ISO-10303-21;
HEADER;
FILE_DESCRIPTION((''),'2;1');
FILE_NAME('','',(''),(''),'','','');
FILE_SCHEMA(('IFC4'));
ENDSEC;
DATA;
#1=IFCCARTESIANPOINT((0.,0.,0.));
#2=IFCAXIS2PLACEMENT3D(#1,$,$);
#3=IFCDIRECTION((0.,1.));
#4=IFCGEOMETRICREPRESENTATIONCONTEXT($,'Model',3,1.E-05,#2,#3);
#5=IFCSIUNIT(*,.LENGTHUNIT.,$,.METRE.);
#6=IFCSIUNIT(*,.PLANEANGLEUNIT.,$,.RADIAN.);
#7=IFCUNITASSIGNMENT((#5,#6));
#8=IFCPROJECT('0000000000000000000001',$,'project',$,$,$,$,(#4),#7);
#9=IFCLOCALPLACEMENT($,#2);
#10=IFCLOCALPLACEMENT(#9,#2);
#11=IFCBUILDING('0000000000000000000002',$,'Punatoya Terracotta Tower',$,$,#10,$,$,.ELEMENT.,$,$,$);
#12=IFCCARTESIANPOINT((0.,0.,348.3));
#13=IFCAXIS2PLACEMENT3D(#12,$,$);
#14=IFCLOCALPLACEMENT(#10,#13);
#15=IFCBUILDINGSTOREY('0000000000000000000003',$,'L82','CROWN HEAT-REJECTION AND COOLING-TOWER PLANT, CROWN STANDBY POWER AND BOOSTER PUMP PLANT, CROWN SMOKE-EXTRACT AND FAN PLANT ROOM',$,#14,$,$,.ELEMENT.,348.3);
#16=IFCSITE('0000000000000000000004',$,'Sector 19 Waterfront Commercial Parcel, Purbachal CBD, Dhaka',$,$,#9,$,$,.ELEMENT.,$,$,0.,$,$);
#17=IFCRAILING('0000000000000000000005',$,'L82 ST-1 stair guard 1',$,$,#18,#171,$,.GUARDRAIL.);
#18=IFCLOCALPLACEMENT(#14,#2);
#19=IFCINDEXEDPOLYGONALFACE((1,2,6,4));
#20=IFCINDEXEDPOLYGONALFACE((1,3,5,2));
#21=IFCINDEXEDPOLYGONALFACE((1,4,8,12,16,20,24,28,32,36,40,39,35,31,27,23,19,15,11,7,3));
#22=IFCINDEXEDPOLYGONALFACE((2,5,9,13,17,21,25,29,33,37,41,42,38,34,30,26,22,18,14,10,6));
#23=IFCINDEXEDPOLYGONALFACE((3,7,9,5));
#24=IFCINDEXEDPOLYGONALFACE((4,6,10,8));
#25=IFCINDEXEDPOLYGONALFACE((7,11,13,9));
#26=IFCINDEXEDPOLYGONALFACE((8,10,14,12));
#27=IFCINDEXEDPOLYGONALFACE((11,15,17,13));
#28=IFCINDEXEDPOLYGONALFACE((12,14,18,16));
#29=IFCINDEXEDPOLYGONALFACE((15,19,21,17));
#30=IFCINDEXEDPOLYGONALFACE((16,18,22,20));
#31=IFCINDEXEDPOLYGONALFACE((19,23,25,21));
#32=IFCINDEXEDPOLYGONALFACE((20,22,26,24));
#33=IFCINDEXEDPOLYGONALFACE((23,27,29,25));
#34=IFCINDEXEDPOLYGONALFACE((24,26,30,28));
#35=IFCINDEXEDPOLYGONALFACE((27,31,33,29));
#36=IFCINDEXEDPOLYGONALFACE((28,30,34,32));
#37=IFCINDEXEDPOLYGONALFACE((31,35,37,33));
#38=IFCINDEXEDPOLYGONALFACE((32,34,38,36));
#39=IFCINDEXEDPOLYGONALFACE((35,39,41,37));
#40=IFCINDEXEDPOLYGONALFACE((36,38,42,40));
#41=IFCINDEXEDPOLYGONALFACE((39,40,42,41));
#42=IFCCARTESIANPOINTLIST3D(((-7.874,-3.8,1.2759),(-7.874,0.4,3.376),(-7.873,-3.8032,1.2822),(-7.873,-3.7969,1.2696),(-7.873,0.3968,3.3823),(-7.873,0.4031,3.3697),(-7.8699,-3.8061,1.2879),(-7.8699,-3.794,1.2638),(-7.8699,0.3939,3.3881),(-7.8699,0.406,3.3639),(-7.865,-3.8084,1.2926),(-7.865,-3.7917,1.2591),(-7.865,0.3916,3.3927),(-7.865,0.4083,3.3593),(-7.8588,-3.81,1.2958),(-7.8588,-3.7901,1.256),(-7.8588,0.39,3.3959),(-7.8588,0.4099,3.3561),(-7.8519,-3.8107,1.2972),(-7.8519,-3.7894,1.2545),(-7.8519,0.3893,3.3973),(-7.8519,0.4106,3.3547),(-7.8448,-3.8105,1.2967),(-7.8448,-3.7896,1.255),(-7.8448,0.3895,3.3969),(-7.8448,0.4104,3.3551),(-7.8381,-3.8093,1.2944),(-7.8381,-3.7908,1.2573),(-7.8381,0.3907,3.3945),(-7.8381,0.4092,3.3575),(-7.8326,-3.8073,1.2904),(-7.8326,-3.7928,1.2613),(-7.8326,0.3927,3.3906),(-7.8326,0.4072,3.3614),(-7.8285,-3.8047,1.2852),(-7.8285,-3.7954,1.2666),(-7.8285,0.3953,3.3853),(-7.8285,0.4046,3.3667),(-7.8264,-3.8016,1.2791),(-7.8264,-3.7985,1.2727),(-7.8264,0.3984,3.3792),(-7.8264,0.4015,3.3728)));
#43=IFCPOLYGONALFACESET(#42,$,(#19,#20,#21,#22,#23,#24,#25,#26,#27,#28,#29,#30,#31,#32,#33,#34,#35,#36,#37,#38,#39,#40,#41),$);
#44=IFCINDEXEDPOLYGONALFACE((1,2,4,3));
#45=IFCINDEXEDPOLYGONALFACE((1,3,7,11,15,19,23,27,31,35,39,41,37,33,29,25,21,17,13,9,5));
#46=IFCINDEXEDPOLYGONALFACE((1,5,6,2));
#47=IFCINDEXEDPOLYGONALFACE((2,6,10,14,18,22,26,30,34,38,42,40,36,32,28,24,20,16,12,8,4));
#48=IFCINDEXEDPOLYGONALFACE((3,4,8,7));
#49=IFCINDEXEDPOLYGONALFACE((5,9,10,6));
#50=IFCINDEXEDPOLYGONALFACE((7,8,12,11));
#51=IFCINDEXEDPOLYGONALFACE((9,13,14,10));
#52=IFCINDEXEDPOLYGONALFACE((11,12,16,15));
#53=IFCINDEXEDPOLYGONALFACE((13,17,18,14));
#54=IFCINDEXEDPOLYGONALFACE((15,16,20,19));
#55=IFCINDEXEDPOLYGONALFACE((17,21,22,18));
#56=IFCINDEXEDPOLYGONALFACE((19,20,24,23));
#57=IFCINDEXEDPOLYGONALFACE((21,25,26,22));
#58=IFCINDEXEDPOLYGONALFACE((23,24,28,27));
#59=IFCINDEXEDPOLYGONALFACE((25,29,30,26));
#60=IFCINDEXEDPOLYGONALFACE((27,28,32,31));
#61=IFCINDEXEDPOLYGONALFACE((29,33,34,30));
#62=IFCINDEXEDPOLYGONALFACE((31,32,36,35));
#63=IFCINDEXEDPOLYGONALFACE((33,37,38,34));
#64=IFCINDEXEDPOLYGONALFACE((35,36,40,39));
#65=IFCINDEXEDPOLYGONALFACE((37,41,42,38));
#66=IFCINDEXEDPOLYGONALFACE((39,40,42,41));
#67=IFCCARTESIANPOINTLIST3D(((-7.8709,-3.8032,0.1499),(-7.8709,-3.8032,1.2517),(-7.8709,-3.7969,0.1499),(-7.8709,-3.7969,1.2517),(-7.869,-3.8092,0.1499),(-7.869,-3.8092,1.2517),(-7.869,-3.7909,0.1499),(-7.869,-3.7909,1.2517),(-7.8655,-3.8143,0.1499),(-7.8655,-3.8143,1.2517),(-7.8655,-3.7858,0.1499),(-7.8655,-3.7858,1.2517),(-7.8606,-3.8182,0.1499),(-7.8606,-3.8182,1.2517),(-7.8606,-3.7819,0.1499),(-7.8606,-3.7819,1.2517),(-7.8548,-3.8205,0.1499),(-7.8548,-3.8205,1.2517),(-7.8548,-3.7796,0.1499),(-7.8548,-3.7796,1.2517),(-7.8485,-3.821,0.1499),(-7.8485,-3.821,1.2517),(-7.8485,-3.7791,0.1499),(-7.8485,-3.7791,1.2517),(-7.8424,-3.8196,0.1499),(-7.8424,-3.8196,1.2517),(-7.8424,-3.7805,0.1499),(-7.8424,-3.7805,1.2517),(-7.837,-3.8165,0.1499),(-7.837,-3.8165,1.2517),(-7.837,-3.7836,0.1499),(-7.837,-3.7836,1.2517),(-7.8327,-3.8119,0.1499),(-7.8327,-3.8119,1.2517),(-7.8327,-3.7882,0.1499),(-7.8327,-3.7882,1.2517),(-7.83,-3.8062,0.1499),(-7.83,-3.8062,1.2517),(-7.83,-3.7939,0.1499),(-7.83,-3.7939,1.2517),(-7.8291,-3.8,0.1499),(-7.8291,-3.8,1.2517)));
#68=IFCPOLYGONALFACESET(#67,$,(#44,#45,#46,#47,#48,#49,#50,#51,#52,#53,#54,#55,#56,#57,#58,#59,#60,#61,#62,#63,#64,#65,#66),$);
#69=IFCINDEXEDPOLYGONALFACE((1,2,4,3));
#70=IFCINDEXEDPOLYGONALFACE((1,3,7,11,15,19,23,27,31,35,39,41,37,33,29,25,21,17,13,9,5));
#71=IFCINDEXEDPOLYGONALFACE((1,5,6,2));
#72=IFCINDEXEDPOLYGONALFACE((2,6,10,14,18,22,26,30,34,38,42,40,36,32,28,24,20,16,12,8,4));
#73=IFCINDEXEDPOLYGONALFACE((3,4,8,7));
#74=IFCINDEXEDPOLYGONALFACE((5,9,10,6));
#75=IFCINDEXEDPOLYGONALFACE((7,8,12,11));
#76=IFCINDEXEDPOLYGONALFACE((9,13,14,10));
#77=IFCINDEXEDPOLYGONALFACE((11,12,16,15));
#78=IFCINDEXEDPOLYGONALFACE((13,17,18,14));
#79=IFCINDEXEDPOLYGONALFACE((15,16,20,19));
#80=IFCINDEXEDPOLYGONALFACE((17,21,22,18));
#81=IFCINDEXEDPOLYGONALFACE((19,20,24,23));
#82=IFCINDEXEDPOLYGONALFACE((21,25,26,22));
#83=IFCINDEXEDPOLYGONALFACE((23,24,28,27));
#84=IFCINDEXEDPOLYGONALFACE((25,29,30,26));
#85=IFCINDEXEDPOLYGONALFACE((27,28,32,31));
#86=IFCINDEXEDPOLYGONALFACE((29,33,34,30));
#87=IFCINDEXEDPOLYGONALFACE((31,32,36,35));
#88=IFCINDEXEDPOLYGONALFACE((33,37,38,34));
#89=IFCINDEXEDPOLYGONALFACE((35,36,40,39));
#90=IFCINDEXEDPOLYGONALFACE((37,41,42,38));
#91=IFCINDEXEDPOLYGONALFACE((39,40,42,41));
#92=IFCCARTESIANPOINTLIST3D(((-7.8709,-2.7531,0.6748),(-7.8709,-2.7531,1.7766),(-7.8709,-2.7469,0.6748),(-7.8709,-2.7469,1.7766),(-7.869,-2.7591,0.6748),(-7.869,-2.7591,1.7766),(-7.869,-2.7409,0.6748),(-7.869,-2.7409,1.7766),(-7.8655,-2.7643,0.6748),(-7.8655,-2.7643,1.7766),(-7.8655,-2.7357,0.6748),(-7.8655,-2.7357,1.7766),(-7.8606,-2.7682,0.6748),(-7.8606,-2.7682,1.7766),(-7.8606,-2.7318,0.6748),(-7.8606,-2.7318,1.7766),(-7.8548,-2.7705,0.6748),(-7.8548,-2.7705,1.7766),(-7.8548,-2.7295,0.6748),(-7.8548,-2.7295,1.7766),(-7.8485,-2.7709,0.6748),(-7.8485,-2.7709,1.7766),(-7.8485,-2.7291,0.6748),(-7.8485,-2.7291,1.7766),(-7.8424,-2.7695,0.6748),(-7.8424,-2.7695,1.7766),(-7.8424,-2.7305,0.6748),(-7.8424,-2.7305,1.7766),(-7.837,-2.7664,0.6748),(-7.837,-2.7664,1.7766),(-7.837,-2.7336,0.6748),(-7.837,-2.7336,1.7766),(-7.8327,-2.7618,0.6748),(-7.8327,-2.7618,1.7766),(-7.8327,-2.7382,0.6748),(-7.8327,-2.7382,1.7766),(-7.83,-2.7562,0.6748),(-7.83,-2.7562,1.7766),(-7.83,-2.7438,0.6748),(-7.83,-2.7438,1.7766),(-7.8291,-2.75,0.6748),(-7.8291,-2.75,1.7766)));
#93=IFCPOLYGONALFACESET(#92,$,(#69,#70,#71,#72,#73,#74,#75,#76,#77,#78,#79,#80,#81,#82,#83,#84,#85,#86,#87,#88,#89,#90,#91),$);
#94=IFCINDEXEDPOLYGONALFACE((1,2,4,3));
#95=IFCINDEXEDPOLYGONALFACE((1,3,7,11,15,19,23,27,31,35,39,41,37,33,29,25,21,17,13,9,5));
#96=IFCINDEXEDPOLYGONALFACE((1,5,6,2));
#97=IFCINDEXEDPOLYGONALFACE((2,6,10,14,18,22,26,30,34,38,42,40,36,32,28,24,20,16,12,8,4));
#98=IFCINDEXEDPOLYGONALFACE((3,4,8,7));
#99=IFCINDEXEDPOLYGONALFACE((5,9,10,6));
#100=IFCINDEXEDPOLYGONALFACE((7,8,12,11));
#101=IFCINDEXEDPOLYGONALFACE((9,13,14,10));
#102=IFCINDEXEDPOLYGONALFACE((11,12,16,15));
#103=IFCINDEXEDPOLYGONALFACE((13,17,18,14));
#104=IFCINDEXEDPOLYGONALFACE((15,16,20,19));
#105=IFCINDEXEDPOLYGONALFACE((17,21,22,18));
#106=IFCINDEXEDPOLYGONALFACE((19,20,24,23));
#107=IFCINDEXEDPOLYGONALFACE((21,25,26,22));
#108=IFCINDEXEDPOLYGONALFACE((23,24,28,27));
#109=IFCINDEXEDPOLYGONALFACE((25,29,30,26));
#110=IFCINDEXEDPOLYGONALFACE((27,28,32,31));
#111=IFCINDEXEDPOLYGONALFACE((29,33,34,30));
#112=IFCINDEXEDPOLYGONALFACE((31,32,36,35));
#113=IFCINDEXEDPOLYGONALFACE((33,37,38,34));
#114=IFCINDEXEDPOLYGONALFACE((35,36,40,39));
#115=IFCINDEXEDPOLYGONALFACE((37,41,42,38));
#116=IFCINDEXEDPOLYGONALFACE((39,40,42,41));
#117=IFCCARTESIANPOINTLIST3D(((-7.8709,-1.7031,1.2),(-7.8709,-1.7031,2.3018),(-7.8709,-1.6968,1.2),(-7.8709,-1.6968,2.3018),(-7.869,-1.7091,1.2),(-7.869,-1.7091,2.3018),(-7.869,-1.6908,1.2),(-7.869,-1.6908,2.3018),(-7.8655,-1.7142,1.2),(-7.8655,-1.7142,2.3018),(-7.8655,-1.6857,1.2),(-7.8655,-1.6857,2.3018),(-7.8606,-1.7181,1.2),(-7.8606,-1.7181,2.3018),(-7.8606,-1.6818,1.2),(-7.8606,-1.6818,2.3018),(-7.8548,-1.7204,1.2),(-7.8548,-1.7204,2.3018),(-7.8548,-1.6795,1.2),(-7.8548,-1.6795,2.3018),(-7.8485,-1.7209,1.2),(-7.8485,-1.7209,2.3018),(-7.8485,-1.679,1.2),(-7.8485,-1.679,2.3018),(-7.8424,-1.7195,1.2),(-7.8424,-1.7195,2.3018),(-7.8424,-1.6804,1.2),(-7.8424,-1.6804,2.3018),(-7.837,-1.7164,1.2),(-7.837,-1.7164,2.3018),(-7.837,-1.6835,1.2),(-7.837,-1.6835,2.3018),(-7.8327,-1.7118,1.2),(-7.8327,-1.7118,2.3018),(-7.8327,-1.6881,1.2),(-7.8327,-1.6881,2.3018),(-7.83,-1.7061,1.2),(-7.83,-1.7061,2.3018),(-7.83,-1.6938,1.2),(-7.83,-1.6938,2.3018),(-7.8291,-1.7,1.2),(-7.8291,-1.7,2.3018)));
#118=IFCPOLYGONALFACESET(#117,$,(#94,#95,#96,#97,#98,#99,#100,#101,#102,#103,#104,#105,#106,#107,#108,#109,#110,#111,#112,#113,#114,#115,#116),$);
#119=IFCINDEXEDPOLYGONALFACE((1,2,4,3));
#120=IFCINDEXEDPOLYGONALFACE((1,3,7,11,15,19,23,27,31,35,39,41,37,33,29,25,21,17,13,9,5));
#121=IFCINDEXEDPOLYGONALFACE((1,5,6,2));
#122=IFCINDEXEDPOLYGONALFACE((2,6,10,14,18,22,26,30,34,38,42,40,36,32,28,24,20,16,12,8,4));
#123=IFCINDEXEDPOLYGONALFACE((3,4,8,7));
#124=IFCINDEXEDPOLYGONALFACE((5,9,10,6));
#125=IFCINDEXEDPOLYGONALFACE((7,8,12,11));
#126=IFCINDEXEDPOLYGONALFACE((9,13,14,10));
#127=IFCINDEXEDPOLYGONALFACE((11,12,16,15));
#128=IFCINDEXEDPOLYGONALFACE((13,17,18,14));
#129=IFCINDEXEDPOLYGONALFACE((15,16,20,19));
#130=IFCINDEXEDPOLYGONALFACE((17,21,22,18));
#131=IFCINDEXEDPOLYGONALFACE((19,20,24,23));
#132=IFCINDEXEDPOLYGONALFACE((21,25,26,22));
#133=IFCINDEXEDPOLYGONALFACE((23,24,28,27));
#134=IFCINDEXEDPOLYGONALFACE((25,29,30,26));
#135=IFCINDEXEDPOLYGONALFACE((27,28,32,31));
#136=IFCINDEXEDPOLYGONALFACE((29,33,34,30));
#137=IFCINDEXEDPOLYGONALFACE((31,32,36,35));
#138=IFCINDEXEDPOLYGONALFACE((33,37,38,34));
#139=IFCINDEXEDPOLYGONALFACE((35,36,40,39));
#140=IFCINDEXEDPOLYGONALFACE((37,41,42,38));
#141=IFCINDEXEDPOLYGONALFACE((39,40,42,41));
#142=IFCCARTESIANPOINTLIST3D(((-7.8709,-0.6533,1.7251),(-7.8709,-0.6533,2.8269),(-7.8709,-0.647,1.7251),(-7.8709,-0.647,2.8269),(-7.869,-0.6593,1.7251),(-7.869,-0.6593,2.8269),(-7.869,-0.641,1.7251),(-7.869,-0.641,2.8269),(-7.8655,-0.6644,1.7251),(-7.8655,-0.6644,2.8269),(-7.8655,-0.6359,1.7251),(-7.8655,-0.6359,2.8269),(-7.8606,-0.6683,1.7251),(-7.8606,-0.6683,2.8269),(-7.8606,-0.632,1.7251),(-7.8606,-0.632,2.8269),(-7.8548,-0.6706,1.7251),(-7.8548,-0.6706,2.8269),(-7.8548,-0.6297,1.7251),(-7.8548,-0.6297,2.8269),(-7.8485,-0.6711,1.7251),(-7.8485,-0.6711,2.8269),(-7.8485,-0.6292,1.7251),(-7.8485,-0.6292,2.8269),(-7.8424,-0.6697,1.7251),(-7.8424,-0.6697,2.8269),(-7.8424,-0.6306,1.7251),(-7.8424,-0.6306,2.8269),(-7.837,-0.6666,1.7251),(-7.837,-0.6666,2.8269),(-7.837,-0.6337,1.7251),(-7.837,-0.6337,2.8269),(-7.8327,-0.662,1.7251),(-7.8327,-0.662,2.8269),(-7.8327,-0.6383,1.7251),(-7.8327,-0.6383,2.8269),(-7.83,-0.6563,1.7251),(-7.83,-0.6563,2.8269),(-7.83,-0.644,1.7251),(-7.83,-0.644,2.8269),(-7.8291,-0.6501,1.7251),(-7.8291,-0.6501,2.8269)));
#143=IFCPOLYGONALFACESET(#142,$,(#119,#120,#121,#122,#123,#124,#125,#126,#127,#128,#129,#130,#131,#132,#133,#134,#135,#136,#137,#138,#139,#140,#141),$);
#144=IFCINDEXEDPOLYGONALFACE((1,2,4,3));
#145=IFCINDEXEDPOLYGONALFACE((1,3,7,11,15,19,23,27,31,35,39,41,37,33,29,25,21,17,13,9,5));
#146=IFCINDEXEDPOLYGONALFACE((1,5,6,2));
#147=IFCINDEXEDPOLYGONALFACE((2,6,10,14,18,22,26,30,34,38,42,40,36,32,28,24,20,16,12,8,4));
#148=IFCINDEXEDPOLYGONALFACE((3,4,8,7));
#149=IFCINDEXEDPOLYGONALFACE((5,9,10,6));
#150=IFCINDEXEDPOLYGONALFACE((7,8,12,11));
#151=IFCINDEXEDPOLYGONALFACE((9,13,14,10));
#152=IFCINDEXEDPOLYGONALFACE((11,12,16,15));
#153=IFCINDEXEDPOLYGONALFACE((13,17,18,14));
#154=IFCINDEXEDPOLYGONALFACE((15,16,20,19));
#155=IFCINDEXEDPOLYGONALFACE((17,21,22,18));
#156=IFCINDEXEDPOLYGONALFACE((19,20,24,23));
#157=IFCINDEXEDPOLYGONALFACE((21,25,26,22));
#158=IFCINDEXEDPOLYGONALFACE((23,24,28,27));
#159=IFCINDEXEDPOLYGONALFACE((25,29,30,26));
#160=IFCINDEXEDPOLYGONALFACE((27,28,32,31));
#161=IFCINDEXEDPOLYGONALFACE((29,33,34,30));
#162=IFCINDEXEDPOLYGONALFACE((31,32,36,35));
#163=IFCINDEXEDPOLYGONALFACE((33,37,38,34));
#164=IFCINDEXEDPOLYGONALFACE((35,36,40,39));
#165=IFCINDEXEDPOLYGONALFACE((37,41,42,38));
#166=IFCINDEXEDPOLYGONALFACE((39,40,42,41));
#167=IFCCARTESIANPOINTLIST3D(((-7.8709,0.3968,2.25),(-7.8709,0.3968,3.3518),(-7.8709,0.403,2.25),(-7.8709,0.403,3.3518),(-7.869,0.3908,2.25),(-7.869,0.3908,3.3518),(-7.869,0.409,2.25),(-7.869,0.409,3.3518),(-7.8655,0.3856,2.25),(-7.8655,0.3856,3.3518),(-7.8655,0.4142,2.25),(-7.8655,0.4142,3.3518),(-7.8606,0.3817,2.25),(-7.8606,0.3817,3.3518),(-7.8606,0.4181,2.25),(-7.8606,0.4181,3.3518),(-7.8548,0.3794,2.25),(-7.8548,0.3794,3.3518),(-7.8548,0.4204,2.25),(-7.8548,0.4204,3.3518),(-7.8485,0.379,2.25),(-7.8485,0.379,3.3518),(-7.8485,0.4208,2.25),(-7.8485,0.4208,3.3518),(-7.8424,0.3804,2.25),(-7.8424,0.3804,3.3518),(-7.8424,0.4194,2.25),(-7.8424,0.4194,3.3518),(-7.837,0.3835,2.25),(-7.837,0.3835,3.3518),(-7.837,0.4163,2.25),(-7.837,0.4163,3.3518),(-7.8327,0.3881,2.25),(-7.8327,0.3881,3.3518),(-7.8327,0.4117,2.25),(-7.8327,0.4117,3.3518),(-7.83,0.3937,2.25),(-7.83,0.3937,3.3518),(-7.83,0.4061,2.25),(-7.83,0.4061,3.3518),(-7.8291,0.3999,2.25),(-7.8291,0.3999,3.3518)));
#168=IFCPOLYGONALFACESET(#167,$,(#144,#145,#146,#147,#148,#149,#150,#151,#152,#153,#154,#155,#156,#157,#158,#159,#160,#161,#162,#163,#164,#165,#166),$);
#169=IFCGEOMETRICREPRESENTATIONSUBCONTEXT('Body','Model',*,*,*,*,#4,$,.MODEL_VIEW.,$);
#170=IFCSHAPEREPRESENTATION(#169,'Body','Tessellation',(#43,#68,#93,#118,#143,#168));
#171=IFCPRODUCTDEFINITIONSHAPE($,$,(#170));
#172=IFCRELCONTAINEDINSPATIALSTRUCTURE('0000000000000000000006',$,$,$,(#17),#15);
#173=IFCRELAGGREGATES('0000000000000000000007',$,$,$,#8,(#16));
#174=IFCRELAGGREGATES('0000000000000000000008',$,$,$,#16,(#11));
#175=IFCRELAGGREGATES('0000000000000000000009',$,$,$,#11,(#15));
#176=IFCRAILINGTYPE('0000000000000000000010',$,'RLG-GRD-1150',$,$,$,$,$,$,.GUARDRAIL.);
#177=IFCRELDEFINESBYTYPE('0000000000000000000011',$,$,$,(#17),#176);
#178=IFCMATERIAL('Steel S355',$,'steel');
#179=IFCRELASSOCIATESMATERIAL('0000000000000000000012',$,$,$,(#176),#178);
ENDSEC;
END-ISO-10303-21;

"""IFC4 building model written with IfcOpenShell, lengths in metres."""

from ifc_helpers import new_model, si_unit, direction, frame, origin, origin_2d, place, context, subcontext, project, spatial, circle, extrude, material, type_object, element, save


model = new_model("IFC4")

# Units and contexts
model_context = context("Model", 3, precision=1e-05, world=origin(), true_north=direction((0.0, 1.0)))
body_context = subcontext(model_context, "Body", "Model", "MODEL_VIEW")
ifc_project = project(units=[si_unit("LENGTHUNIT", "METRE"), si_unit("PLANEANGLEUNIT", "RADIAN")], contexts=[model_context])

# Site, building, storey
site_placement = place(None, origin())
site = spatial("IfcSite", under=ifc_project, at=site_placement, Name="Sector 19 Waterfront Commercial Parcel, Purbachal CBD, Dhaka", CompositionType="ELEMENT", RefElevation=0.0)
building_placement = place(site_placement, origin())
building = spatial("IfcBuilding", under=site, at=building_placement, Name="Punatoya Terracotta Tower", CompositionType="ELEMENT")
storey_placement = place(building_placement, frame((0.0, 0.0, 348.3)))
storey = spatial("IfcBuildingStorey", under=building, at=storey_placement, Name="L82", Description="CROWN HEAT-REJECTION AND COOLING-TOWER PLANT, CROWN STANDBY POWER AND BOOSTER PUMP PLANT, CROWN SMOKE-EXTRACT AND FAN PLANT ROOM", CompositionType="ELEMENT", Elevation=348.3)

# Railing
ifc_material_1 = material(Name="Steel S355", Category="steel")
railing_type_1 = type_object("IfcRailingType", Name="RLG-GRD-1150", PredefinedType="GUARDRAIL", material=ifc_material_1)
railing_1_placement = place(storey_placement, frame((-7.8501, -3.8, 0.1499)))
element("IfcRailing", 1, at=railing_1_placement, inside=storey, type_object=railing_type_1, Name="L82 ST-1 stair guard 1", PredefinedType="GUARDRAIL", context=body_context, shape_type="SweptSolid", body=[
    extrude(circle(Radius=0.0239, at=origin_2d()), frame((0.0, 0.0, 1.126), z_axis=(0.0, 0.894417, 0.447234), x_axis=(-1.0, 0.0, 0.0)), (0.0, 0.0, 1.0), 4.6958),
    extrude(circle(Radius=0.021, at=origin_2d()), origin(), (0.0, 0.0, 1.0), 1.1018),
    extrude(circle(Radius=0.021, at=origin_2d()), frame((0.0, 1.05, 0.5249)), (0.0, 0.0, 1.0), 1.1018),
    extrude(circle(Radius=0.021, at=origin_2d()), frame((0.0, 2.1001, 1.05)), (0.0, 0.0, 1.0), 1.1018),
    extrude(circle(Radius=0.021, at=origin_2d()), frame((0.0, 3.1499, 1.5752)), (0.0, 0.0, 1.0), 1.1018),
    extrude(circle(Radius=0.021, at=origin_2d()), frame((0.0, 4.2, 2.1001)), (0.0, 0.0, 1.0), 1.1018),
])

save(model, "model.ifc")
